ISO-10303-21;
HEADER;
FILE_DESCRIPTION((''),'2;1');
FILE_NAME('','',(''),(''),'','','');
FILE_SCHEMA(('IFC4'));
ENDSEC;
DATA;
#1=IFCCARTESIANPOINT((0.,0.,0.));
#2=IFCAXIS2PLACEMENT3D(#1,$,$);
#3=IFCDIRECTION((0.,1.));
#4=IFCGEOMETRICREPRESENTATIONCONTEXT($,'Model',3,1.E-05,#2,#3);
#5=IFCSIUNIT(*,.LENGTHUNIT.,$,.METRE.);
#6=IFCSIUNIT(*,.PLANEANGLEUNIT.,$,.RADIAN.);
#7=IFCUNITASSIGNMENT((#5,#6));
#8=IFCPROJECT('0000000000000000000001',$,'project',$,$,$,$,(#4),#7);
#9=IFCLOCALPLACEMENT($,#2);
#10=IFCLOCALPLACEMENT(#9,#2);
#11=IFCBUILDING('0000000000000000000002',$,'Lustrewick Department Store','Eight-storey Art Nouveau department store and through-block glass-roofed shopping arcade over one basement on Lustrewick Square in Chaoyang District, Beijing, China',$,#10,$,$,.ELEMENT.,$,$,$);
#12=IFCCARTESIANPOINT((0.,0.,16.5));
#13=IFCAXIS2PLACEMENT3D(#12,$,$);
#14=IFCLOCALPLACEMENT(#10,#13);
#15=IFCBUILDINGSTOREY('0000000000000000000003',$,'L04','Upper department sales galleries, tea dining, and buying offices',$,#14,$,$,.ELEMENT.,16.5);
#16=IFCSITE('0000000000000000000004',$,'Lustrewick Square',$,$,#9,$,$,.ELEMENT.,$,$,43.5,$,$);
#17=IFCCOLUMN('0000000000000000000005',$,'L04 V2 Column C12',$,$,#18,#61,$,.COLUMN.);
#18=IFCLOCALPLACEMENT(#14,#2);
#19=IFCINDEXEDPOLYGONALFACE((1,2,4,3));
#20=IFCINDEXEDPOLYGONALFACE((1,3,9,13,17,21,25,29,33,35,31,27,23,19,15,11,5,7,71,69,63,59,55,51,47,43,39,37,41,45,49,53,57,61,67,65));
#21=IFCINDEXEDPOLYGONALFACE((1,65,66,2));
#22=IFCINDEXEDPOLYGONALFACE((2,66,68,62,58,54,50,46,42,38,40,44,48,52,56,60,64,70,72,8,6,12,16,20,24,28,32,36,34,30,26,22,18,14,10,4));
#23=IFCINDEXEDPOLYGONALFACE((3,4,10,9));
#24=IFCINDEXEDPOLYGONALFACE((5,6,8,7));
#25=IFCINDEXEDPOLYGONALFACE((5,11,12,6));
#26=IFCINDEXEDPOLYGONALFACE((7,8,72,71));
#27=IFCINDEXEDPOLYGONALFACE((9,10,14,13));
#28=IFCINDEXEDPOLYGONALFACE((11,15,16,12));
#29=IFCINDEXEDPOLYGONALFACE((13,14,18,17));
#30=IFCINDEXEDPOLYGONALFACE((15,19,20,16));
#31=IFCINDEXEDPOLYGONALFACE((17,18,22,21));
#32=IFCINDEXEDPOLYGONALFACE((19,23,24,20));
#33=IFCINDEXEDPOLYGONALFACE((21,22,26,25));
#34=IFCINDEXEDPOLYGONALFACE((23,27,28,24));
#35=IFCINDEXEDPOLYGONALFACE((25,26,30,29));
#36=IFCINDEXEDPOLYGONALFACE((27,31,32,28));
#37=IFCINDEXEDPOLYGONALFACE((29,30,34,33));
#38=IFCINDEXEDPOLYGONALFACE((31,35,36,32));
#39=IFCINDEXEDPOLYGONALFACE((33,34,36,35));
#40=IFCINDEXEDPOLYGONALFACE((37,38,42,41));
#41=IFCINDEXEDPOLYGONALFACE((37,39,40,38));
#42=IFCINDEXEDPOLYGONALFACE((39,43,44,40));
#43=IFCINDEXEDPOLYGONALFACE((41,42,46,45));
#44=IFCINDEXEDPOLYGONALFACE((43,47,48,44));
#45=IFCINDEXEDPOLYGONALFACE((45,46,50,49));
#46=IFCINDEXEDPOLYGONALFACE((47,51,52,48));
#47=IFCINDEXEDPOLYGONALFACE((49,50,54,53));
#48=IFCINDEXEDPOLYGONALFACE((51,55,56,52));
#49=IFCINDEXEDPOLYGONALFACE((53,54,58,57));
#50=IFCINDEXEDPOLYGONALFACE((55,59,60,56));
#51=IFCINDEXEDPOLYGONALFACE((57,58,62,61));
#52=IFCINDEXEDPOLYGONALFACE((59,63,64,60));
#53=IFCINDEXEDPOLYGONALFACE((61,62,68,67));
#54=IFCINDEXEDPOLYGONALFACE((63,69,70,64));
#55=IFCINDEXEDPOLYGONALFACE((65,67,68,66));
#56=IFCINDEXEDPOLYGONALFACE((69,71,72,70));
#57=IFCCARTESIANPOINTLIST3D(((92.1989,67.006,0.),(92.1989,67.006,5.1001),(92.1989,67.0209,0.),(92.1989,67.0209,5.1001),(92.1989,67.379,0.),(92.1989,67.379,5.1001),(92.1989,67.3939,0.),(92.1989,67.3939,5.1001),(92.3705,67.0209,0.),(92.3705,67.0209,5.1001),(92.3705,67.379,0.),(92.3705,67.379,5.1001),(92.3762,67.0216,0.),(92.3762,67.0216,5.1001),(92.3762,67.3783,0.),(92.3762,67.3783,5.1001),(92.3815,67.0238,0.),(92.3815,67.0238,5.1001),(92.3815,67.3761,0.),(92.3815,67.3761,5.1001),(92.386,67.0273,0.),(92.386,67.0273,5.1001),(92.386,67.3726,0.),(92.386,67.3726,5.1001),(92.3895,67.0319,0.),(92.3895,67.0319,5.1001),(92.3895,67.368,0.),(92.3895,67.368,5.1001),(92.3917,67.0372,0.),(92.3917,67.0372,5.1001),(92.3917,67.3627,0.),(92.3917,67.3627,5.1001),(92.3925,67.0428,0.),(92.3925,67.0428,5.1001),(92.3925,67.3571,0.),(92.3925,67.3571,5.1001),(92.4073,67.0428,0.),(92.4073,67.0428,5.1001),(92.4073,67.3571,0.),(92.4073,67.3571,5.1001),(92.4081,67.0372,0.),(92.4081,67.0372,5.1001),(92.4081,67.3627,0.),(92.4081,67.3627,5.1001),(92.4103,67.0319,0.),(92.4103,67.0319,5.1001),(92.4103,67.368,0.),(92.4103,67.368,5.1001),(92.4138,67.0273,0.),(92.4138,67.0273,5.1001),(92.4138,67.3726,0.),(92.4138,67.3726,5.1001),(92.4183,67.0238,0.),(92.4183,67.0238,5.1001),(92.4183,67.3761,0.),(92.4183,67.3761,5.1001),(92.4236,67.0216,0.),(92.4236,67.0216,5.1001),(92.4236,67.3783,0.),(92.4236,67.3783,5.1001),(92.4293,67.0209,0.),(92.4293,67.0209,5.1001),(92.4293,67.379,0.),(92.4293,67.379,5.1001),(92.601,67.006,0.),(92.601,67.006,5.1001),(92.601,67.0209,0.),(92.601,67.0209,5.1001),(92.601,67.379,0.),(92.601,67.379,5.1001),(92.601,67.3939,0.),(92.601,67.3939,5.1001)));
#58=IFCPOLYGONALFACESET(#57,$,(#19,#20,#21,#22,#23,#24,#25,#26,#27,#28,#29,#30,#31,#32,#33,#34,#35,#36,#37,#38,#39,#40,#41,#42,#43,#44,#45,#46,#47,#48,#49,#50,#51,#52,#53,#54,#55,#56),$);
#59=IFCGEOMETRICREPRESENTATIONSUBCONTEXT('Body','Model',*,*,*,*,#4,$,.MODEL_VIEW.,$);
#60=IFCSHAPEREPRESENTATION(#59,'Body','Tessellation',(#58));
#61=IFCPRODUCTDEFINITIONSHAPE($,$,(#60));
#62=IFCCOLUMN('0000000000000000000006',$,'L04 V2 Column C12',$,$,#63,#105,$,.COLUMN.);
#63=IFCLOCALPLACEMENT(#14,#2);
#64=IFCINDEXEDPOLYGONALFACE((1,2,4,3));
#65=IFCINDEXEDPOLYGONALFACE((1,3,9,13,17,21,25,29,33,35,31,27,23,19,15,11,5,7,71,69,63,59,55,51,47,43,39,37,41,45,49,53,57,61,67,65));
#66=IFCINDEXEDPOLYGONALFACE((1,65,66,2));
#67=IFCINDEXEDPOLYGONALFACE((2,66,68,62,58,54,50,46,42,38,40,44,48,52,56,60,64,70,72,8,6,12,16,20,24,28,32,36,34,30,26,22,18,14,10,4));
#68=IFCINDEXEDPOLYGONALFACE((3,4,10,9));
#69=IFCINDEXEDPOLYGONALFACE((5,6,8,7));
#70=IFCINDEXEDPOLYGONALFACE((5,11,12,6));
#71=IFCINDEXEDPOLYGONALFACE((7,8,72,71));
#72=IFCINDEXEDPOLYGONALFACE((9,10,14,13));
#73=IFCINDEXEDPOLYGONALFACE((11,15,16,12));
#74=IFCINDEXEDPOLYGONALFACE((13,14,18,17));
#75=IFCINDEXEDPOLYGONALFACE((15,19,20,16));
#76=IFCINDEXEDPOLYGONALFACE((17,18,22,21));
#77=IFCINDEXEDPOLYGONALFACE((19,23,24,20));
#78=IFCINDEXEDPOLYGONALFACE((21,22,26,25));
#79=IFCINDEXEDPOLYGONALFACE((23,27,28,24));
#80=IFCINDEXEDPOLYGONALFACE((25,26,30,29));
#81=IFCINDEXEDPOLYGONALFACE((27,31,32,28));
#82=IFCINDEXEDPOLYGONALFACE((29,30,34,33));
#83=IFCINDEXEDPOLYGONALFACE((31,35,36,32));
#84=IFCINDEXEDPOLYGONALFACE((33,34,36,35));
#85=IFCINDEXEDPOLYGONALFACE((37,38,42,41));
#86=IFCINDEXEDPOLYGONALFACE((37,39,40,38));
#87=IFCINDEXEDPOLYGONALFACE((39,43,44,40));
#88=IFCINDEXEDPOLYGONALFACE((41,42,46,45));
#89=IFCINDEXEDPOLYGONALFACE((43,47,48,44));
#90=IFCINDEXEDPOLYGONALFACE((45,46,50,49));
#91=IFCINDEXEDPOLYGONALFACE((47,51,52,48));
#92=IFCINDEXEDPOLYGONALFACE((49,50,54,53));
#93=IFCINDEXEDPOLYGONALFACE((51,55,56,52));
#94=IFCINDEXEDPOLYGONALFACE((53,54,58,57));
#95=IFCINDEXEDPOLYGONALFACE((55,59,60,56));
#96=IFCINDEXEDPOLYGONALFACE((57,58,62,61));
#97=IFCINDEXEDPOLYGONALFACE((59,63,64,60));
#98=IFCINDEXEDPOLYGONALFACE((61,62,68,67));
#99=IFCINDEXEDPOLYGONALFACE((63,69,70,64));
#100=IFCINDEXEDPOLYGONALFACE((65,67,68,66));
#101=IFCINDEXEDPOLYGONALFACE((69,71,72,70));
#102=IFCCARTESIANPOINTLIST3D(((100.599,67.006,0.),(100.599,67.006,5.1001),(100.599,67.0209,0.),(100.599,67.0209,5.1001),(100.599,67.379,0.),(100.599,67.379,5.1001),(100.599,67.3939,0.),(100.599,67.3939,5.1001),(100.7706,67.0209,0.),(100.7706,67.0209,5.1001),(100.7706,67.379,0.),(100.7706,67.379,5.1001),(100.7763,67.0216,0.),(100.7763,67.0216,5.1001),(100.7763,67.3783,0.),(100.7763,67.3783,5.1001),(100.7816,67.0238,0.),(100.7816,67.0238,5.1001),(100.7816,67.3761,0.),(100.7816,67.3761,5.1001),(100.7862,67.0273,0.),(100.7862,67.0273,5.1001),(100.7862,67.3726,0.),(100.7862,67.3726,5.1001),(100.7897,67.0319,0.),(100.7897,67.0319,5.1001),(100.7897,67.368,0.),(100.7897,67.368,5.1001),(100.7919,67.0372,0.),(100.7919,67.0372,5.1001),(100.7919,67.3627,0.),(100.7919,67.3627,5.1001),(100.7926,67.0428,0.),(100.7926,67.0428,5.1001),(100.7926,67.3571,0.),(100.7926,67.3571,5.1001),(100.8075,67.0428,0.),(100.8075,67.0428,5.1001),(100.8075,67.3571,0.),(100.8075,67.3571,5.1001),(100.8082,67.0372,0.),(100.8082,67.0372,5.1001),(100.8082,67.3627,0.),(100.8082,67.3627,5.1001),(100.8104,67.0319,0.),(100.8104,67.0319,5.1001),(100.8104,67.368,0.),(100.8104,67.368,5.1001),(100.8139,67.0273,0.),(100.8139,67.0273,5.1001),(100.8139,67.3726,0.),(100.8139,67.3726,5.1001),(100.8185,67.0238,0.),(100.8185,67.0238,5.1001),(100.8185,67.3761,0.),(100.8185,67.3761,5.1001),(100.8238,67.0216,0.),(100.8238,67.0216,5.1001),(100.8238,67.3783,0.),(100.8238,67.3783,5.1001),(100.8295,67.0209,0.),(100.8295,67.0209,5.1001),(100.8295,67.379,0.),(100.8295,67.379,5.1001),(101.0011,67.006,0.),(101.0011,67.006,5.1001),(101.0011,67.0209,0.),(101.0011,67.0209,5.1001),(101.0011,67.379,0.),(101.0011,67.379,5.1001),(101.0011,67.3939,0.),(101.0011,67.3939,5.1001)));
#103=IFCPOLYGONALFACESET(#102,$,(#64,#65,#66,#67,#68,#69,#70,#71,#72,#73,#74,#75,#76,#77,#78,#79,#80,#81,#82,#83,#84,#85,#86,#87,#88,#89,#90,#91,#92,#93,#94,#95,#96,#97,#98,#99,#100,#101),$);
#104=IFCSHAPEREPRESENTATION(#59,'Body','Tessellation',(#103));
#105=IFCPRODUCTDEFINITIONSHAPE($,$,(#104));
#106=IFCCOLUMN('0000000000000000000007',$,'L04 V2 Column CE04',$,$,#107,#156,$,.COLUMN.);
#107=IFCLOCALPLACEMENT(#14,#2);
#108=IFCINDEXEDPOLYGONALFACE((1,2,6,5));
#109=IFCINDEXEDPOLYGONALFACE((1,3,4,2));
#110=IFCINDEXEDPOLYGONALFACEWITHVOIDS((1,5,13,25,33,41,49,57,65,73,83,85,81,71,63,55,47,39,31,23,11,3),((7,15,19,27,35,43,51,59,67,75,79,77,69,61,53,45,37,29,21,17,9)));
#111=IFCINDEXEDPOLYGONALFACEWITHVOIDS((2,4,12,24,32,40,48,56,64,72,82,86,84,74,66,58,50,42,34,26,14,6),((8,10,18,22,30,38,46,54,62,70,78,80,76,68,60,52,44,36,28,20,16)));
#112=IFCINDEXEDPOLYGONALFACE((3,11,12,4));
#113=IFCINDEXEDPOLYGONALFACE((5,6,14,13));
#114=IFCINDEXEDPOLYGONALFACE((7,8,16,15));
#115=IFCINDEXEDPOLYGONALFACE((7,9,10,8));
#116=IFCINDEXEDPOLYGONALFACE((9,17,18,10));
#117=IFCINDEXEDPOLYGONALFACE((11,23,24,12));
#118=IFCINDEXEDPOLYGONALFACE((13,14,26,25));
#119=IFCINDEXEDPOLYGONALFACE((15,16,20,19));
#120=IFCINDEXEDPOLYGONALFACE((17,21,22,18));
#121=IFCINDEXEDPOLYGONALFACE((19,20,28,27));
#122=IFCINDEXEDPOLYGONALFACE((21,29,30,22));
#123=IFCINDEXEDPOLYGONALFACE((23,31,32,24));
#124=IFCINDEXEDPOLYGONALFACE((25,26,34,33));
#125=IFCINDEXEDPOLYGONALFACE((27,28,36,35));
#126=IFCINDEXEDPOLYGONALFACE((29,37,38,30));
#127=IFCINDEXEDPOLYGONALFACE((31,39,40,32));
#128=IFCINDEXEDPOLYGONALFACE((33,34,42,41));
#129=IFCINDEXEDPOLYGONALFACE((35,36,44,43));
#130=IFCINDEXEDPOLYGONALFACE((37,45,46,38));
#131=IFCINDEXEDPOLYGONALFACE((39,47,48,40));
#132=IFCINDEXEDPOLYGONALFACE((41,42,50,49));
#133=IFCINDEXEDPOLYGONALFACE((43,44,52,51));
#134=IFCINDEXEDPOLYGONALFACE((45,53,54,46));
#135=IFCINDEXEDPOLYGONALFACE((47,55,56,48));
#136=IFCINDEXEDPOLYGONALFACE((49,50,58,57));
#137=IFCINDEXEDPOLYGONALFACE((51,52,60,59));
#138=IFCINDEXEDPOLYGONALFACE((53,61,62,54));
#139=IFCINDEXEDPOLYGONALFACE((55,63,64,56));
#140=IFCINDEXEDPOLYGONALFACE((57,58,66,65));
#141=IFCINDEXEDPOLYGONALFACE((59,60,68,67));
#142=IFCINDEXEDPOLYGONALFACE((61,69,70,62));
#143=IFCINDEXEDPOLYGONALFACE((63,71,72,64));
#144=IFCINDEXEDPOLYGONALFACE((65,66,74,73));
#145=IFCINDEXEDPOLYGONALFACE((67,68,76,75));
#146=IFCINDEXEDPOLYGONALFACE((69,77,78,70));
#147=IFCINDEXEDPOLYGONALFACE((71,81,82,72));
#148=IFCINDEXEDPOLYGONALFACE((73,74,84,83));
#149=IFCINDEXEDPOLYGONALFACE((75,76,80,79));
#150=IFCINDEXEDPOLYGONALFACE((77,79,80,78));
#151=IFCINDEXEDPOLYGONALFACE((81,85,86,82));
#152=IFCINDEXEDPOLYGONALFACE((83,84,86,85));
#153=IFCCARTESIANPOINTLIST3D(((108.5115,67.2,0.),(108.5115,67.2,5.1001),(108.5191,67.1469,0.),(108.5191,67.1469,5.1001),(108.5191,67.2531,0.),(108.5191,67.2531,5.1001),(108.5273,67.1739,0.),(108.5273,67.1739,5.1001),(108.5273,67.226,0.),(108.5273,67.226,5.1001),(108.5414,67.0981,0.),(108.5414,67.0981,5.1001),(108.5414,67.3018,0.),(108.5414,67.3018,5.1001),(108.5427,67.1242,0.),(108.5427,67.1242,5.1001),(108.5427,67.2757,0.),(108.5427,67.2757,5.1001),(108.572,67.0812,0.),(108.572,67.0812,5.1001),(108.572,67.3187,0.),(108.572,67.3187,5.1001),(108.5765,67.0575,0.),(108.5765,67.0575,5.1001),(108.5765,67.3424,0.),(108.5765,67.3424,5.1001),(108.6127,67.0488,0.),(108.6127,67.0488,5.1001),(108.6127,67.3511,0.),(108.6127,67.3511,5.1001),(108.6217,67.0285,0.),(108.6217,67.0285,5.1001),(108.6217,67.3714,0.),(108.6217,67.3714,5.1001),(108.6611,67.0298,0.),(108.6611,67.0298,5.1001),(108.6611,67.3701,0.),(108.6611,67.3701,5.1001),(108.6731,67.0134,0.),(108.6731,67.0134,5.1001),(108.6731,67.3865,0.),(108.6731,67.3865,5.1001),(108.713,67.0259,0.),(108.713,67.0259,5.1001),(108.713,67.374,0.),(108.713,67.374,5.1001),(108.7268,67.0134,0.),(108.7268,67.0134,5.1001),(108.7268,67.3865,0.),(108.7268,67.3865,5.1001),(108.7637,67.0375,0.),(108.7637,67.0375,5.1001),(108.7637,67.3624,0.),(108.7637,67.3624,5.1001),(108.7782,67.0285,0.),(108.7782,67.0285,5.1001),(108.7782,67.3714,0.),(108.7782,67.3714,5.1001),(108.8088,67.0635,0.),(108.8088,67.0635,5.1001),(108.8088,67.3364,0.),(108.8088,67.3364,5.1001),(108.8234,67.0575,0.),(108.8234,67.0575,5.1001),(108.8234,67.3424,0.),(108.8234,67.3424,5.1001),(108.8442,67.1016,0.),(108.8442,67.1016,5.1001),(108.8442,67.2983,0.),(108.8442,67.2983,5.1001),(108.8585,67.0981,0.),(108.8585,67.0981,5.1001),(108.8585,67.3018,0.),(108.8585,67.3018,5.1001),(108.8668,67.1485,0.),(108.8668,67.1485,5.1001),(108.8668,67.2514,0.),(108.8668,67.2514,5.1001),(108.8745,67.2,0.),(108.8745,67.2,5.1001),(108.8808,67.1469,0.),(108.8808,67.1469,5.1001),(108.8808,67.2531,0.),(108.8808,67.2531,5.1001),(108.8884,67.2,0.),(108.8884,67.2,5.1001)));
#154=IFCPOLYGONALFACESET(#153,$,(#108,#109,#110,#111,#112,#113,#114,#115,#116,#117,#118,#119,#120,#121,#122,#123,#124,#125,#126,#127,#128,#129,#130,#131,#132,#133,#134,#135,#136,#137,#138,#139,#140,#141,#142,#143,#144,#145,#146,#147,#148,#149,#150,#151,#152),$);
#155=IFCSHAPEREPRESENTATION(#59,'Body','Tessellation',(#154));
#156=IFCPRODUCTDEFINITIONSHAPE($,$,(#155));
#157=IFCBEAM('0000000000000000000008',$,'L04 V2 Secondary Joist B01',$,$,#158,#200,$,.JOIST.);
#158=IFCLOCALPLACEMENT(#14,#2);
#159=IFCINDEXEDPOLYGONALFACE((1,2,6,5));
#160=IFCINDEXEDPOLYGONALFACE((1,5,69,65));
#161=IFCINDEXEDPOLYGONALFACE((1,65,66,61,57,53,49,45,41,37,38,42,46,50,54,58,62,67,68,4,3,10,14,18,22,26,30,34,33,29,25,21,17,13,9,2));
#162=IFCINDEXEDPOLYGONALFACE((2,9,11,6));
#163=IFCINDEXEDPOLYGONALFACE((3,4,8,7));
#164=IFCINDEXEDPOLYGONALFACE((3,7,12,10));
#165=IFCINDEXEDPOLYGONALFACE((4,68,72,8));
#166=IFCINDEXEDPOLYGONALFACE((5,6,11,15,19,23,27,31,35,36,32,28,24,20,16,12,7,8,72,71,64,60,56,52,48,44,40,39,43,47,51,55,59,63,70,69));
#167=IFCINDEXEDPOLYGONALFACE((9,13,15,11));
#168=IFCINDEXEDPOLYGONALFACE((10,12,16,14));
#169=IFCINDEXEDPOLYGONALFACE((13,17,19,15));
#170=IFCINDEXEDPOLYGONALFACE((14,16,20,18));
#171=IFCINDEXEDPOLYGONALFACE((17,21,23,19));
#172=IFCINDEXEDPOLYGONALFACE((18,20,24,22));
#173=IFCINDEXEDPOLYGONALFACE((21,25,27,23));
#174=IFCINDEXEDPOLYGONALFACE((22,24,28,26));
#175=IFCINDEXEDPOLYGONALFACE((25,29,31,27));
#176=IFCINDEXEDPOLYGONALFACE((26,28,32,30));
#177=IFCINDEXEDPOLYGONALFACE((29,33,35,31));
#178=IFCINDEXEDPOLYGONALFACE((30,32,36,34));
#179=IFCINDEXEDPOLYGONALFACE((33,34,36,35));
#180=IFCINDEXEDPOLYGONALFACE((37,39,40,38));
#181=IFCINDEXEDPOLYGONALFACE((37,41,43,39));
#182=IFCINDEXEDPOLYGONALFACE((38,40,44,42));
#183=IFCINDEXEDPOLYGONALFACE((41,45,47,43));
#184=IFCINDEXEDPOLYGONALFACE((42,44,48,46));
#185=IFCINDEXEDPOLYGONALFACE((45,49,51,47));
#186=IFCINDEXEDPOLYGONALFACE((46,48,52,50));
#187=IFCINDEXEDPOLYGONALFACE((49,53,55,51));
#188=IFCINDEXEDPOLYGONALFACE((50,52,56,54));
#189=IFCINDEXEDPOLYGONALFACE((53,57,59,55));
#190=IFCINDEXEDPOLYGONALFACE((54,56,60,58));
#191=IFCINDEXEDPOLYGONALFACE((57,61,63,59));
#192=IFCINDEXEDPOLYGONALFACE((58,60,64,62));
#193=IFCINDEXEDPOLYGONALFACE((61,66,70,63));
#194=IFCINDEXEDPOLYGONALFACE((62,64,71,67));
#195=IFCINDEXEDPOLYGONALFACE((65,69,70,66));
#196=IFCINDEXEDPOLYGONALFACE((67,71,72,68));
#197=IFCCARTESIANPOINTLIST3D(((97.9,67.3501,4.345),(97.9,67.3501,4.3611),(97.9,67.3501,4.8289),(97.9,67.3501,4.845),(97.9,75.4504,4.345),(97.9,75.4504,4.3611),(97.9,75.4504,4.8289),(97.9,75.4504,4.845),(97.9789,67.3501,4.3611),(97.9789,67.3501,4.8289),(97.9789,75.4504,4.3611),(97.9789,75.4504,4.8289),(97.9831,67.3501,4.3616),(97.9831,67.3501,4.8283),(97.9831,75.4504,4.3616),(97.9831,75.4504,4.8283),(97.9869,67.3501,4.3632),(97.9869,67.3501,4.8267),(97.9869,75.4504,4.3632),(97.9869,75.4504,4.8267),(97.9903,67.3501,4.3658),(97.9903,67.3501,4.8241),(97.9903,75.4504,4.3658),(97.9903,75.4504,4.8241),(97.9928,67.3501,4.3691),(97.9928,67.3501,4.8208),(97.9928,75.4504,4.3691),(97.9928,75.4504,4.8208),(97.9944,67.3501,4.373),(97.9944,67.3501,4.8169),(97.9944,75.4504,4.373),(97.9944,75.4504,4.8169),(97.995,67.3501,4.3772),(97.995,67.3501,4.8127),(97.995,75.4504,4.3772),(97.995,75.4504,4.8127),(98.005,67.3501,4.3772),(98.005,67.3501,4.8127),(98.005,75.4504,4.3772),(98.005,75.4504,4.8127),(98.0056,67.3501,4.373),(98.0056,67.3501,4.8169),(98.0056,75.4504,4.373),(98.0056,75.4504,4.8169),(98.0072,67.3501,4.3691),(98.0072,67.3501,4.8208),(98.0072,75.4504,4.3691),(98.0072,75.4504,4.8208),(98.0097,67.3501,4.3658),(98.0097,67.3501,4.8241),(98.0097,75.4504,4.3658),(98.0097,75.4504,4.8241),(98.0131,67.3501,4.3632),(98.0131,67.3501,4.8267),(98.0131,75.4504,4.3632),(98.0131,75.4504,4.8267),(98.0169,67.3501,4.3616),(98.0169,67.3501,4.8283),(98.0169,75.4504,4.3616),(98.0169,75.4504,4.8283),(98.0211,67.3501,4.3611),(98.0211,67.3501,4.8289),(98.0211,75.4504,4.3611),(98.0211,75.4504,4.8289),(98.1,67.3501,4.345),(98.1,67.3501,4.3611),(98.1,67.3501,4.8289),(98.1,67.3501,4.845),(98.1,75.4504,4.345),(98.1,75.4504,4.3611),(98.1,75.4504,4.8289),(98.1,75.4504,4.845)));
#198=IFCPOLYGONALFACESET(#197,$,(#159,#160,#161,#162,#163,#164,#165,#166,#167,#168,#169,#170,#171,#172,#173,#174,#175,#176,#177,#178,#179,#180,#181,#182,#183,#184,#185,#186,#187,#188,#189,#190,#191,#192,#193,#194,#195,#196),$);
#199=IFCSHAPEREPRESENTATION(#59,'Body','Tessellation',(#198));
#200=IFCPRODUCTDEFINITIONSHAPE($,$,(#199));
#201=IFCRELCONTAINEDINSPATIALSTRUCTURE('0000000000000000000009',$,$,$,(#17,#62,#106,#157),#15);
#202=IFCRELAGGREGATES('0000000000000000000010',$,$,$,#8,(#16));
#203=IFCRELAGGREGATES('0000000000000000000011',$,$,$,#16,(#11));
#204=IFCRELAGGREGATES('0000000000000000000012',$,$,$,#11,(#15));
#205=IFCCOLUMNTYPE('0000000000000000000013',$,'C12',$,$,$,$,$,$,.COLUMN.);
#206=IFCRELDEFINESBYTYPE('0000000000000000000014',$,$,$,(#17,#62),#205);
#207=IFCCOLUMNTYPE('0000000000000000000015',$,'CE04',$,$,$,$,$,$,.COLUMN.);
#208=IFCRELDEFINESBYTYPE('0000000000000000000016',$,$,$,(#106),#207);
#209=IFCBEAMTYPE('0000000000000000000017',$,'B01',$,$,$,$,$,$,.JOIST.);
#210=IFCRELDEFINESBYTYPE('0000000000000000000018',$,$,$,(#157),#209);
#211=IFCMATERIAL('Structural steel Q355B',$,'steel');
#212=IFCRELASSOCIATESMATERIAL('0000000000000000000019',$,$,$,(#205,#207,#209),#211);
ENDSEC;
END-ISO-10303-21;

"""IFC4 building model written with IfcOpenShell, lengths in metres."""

from ifc_helpers import new_model, si_unit, direction, frame, origin, origin_2d, place, context, subcontext, project, spatial, hollow_circle, i_section, extrude, material, material_profile, profile_set, type_object, element, save


model = new_model("IFC4")

# Units and contexts
model_context = context("Model", 3, precision=1e-05, world=origin(), true_north=direction((0.0, 1.0)))
body_context = subcontext(model_context, "Body", "Model", "MODEL_VIEW")
ifc_project = project(units=[si_unit("LENGTHUNIT", "METRE"), si_unit("PLANEANGLEUNIT", "RADIAN")], contexts=[model_context])

# Site, building, storey
site_placement = place(None, origin())
site = spatial("IfcSite", under=ifc_project, at=site_placement, Name="Lustrewick Square", CompositionType="ELEMENT", RefElevation=43.5)
building_placement = place(site_placement, origin())
building = spatial("IfcBuilding", under=site, at=building_placement, Name="Lustrewick Department Store", Description="Eight-storey Art Nouveau department store and through-block glass-roofed shopping arcade over one basement on Lustrewick Square in Chaoyang District, Beijing, China", CompositionType="ELEMENT")
storey_placement = place(building_placement, frame((0.0, 0.0, 16.5)))
storey = spatial("IfcBuildingStorey", under=building, at=storey_placement, Name="L04", Description="Upper department sales galleries, tea dining, and buying offices", CompositionType="ELEMENT", Elevation=16.5)

# Columns
ifc_material_1 = material(Name="Structural steel Q355B", Category="steel")
ifc_material_profile_1 = material_profile(ifc_material_1, i_section(OverallWidth=0.4021, OverallDepth=0.3879, WebThickness=0.0149, FlangeThickness=0.0149, FilletRadius=0.022, at=origin_2d()), Name="HW 388x402x15x15")
ifc_profile_set_1 = profile_set([ifc_material_profile_1], Name="Structural steel Q355B")
column_type_1 = type_object("IfcColumnType", Name="C12", PredefinedType="COLUMN", material=ifc_profile_set_1)
for number, where, z_axis, x_axis, name in (
    (1, (92.3999, 67.2, 0.0), (0.0, 0.0, 1.0), (1.0, 0.0, 0.0), "L04 V2 Column C12"),
    (2, (100.8, 67.2, 0.0), (0.0, 0.0, 1.0), (1.0, 0.0, 0.0), "L04 V2 Column C12"),
):
    element("IfcColumn", number, at=place(storey_placement, frame(where, z_axis=z_axis, x_axis=x_axis)), inside=storey, type_object=column_type_1, Name=name, PredefinedType="COLUMN", context=body_context, shape_type="SweptSolid", body=[
        extrude(i_section(OverallWidth=0.4021, OverallDepth=0.3879, WebThickness=0.0149, FlangeThickness=0.0149, FilletRadius=0.022, at=origin_2d()), origin(), (0.0, 0.0, 1.0), 5.1001),
    ])
ifc_material_profile_2 = material_profile(ifc_material_1, hollow_circle(Radius=0.1885, WallThickness=0.0139, at=origin_2d()), Name="CHS 377x14")
ifc_profile_set_2 = profile_set([ifc_material_profile_2], Name="Structural steel Q355B")
column_type_2 = type_object("IfcColumnType", Name="CE04", PredefinedType="COLUMN", material=ifc_profile_set_2)
column_placement = place(storey_placement, frame((108.7, 67.2, 0.0), z_axis=(0.0, 0.0, 1.0), x_axis=(1.0, 0.0, 0.0)))
element("IfcColumn", 3, at=column_placement, inside=storey, type_object=column_type_2, Name="L04 V2 Column CE04", PredefinedType="COLUMN", context=body_context, shape_type="SweptSolid", body=[
    extrude(hollow_circle(Radius=0.1885, WallThickness=0.0139, at=origin_2d()), origin(), (0.0, 0.0, 1.0), 5.1001),
])

# Beam
ifc_material_profile_3 = material_profile(ifc_material_1, i_section(OverallWidth=0.2, OverallDepth=0.5, WebThickness=0.01, FlangeThickness=0.0161, FilletRadius=0.0161, at=origin_2d()), Name="HN 500x200x10x16")
ifc_profile_set_3 = profile_set([ifc_material_profile_3], Name="Structural steel Q355B")
beam_type_1 = type_object("IfcBeamType", Name="B01", PredefinedType="JOIST", material=ifc_profile_set_3)
beam_1_placement = place(storey_placement, frame((98.0, 67.3501, 4.595), z_axis=(0.0, 1.0, 0.0), x_axis=(-1.0, 0.0, 0.0)))
element("IfcBeam", 4, at=beam_1_placement, inside=storey, type_object=beam_type_1, Name="L04 V2 Secondary Joist B01", PredefinedType="JOIST", context=body_context, shape_type="SweptSolid", body=[
    extrude(i_section(OverallWidth=0.2, OverallDepth=0.5, WebThickness=0.01, FlangeThickness=0.0161, FilletRadius=0.0161, at=origin_2d()), origin(), (0.0, 0.0, 1.0), 8.1003),
])

save(model, "model.ifc")
